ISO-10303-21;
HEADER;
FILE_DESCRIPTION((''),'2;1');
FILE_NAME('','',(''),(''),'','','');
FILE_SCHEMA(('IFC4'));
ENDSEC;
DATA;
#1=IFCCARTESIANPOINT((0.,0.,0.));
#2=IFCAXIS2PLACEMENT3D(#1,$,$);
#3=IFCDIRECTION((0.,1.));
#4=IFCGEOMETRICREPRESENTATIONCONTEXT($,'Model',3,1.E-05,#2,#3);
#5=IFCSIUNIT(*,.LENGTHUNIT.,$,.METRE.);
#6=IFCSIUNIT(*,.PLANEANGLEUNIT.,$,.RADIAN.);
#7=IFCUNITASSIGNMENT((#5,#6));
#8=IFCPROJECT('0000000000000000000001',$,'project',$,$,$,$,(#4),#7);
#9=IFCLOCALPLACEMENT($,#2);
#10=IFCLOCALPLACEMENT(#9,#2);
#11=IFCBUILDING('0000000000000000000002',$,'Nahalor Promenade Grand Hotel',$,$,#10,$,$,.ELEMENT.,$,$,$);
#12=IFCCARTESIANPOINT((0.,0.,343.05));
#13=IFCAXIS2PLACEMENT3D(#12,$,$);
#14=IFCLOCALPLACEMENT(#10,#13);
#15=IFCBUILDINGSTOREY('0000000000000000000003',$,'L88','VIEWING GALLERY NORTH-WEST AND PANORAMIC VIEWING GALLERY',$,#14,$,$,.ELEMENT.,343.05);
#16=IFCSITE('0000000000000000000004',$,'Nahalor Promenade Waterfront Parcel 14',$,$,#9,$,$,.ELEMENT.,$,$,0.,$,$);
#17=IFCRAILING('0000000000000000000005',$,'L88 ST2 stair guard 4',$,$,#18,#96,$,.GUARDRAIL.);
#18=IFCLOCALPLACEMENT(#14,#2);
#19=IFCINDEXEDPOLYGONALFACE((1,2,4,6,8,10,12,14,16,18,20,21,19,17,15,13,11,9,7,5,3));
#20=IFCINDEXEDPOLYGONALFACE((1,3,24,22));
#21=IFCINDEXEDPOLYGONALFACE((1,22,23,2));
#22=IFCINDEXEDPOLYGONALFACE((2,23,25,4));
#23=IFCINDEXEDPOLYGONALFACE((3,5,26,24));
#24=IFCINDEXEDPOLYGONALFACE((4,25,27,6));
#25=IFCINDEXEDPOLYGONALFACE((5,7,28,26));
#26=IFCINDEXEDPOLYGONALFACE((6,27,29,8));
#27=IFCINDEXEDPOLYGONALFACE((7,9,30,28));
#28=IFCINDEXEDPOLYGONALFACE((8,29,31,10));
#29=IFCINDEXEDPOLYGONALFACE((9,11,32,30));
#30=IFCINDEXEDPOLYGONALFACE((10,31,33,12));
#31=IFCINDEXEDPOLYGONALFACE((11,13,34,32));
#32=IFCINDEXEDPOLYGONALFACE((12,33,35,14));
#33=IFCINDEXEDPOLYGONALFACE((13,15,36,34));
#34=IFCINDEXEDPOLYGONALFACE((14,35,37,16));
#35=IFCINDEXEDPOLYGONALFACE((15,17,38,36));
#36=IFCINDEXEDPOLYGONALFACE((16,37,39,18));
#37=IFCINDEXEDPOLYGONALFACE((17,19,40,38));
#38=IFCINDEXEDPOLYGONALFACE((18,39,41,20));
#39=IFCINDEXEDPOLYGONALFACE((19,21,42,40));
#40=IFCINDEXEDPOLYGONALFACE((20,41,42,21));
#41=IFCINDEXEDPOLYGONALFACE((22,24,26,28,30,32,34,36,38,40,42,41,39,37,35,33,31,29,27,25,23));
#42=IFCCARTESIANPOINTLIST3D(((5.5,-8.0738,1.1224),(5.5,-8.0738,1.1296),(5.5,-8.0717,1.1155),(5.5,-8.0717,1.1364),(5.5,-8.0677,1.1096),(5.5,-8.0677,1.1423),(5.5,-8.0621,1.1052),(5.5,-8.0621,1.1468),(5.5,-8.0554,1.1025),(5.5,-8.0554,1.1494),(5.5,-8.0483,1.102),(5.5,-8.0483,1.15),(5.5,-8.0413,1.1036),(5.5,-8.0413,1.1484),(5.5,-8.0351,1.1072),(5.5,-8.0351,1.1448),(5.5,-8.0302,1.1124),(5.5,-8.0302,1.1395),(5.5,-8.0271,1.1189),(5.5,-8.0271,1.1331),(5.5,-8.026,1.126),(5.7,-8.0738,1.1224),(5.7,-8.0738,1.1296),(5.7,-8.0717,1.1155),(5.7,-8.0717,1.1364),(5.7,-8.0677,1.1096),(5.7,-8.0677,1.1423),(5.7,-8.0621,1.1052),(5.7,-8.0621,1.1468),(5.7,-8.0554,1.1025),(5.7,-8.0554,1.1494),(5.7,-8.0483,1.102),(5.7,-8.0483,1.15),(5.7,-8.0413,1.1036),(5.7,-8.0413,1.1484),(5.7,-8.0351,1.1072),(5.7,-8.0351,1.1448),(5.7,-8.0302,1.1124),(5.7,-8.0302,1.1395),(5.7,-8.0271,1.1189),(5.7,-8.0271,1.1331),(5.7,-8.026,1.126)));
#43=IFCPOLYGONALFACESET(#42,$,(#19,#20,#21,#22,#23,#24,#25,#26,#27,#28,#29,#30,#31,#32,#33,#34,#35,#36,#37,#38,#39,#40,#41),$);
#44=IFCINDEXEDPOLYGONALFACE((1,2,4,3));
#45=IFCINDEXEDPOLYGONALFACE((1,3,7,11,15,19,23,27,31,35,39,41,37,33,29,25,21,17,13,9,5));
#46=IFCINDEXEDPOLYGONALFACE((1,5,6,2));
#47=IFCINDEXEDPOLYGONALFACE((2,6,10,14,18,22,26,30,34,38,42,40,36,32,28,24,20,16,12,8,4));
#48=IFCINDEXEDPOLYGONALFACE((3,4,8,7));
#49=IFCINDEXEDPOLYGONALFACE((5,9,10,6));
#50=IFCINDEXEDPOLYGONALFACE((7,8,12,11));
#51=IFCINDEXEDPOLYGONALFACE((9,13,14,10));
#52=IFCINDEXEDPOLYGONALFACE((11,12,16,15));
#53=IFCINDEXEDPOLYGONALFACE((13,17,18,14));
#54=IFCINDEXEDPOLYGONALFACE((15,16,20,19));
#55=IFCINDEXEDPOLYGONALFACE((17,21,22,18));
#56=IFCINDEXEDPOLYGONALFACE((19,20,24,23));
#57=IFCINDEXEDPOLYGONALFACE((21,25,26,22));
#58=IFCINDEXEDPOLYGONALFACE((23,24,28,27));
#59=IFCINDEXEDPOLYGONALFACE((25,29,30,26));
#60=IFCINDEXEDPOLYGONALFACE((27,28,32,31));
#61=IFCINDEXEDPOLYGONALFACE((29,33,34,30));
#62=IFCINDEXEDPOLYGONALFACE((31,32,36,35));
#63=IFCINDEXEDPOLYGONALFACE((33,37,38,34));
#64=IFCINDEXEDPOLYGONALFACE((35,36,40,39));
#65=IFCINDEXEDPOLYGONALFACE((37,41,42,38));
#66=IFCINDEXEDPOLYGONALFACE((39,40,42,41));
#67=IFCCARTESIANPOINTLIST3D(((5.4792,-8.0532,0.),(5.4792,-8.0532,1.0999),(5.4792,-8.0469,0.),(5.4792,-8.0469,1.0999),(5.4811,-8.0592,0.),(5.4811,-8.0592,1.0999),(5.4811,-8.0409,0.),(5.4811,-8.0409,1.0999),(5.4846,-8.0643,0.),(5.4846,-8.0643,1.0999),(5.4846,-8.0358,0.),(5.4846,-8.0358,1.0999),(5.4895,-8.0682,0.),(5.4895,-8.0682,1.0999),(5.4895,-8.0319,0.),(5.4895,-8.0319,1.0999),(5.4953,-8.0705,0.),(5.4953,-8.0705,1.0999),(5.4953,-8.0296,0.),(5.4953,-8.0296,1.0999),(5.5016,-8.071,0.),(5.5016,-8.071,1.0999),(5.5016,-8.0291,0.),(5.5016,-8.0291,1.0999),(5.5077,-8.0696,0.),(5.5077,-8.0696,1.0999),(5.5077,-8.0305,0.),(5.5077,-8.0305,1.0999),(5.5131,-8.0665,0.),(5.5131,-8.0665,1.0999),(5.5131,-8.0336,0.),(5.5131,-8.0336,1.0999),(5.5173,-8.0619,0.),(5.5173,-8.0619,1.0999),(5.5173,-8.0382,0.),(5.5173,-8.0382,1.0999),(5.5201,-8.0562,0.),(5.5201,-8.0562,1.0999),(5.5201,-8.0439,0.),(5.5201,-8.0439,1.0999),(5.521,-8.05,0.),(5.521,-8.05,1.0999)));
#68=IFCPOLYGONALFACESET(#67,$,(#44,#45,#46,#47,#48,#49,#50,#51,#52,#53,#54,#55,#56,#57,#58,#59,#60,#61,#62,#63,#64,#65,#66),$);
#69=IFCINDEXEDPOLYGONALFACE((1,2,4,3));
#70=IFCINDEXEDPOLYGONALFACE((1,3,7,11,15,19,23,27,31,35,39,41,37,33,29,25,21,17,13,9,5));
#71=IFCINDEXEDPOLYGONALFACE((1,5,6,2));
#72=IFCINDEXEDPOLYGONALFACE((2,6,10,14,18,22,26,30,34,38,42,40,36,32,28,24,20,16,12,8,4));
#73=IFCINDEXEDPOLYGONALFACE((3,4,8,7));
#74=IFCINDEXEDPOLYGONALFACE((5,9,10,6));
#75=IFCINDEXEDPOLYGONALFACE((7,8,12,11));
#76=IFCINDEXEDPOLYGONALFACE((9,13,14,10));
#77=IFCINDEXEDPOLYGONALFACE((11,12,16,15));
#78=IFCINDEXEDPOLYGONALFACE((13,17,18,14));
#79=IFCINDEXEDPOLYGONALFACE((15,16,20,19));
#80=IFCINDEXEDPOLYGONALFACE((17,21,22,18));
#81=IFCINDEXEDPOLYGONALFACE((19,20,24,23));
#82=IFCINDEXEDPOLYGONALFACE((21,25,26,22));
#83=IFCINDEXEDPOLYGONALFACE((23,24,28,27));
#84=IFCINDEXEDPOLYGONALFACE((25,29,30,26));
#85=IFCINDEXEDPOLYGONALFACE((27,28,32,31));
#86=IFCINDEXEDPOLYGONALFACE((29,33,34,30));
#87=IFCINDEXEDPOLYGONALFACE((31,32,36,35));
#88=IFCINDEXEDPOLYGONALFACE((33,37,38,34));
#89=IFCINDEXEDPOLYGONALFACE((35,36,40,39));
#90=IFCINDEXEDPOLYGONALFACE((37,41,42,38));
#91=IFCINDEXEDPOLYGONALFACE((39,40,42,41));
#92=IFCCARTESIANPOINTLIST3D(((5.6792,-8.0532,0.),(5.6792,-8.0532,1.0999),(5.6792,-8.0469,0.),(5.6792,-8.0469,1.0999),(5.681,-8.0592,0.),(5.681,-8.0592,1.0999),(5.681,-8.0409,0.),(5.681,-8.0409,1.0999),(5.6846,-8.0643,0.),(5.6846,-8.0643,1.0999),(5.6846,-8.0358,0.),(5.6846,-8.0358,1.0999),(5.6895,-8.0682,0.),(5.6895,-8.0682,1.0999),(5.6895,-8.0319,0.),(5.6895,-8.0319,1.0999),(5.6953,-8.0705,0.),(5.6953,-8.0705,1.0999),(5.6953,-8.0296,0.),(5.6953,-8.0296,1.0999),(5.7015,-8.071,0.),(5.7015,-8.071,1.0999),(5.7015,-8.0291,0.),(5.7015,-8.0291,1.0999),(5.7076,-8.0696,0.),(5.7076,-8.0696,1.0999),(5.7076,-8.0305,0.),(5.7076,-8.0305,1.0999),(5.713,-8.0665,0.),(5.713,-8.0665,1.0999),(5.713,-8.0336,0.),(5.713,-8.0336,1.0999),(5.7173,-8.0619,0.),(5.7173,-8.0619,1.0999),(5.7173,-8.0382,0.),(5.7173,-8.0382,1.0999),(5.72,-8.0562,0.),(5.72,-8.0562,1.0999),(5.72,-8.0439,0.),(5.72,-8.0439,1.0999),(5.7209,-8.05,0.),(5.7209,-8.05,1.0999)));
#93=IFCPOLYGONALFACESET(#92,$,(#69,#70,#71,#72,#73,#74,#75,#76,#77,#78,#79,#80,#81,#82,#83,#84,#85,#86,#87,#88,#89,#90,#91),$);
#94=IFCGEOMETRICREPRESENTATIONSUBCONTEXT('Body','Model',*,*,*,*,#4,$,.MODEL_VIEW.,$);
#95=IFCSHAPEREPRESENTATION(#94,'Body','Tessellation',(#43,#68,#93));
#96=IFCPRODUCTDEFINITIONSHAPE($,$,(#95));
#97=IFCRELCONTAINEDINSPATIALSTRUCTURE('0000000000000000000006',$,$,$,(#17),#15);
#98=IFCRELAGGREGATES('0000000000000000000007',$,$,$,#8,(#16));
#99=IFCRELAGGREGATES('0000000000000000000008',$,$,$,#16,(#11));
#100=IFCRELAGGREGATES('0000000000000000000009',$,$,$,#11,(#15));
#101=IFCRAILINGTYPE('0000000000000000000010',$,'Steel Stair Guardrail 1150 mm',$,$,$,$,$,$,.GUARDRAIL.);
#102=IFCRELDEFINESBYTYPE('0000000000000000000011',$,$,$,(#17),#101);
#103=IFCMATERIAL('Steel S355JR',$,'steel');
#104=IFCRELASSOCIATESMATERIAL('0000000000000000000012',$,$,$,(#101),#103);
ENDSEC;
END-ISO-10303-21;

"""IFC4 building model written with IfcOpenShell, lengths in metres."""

from ifc_helpers import new_model, si_unit, direction, frame, origin, origin_2d, place, context, subcontext, project, spatial, circle, extrude, material, type_object, element, save


model = new_model("IFC4")

# Units and contexts
model_context = context("Model", 3, precision=1e-05, world=origin(), true_north=direction((0.0, 1.0)))
body_context = subcontext(model_context, "Body", "Model", "MODEL_VIEW")
ifc_project = project(units=[si_unit("LENGTHUNIT", "METRE"), si_unit("PLANEANGLEUNIT", "RADIAN")], contexts=[model_context])

# Site, building, storey
site_placement = place(None, origin())
site = spatial("IfcSite", under=ifc_project, at=site_placement, Name="Nahalor Promenade Waterfront Parcel 14", CompositionType="ELEMENT", RefElevation=0.0)
building_placement = place(site_placement, origin())
building = spatial("IfcBuilding", under=site, at=building_placement, Name="Nahalor Promenade Grand Hotel", CompositionType="ELEMENT")
storey_placement = place(building_placement, frame((0.0, 0.0, 343.05)))
storey = spatial("IfcBuildingStorey", under=building, at=storey_placement, Name="L88", Description="VIEWING GALLERY NORTH-WEST AND PANORAMIC VIEWING GALLERY", CompositionType="ELEMENT", Elevation=343.05)

# Shared definitions
ifc_material_1 = material(Name="Steel S355JR", Category="steel")

# Railing
railing_type_1 = type_object("IfcRailingType", Name="Steel Stair Guardrail 1150 mm", PredefinedType="GUARDRAIL", material=ifc_material_1)
railing_1_placement = place(storey_placement, frame((5.5, -8.05, 0.0)))
element("IfcRailing", 1, at=railing_1_placement, inside=storey, type_object=railing_type_1, Name="L88 ST2 stair guard 4", PredefinedType="GUARDRAIL", context=body_context, shape_type="SweptSolid", body=[
    extrude(circle(Radius=0.024, at=origin_2d()), frame((0.0, 0.0, 1.126), z_axis=(1.0, 0.0, 0.0), x_axis=(0.0, 1.0, 0.0)), (0.0, 0.0, 1.0), 0.2),
    extrude(circle(Radius=0.021, at=origin_2d()), origin(), (0.0, 0.0, 1.0), 1.0999),
    extrude(circle(Radius=0.021, at=origin_2d()), frame((0.2, 0.0, 0.0)), (0.0, 0.0, 1.0), 1.0999),
])

save(model, "model.ifc")
